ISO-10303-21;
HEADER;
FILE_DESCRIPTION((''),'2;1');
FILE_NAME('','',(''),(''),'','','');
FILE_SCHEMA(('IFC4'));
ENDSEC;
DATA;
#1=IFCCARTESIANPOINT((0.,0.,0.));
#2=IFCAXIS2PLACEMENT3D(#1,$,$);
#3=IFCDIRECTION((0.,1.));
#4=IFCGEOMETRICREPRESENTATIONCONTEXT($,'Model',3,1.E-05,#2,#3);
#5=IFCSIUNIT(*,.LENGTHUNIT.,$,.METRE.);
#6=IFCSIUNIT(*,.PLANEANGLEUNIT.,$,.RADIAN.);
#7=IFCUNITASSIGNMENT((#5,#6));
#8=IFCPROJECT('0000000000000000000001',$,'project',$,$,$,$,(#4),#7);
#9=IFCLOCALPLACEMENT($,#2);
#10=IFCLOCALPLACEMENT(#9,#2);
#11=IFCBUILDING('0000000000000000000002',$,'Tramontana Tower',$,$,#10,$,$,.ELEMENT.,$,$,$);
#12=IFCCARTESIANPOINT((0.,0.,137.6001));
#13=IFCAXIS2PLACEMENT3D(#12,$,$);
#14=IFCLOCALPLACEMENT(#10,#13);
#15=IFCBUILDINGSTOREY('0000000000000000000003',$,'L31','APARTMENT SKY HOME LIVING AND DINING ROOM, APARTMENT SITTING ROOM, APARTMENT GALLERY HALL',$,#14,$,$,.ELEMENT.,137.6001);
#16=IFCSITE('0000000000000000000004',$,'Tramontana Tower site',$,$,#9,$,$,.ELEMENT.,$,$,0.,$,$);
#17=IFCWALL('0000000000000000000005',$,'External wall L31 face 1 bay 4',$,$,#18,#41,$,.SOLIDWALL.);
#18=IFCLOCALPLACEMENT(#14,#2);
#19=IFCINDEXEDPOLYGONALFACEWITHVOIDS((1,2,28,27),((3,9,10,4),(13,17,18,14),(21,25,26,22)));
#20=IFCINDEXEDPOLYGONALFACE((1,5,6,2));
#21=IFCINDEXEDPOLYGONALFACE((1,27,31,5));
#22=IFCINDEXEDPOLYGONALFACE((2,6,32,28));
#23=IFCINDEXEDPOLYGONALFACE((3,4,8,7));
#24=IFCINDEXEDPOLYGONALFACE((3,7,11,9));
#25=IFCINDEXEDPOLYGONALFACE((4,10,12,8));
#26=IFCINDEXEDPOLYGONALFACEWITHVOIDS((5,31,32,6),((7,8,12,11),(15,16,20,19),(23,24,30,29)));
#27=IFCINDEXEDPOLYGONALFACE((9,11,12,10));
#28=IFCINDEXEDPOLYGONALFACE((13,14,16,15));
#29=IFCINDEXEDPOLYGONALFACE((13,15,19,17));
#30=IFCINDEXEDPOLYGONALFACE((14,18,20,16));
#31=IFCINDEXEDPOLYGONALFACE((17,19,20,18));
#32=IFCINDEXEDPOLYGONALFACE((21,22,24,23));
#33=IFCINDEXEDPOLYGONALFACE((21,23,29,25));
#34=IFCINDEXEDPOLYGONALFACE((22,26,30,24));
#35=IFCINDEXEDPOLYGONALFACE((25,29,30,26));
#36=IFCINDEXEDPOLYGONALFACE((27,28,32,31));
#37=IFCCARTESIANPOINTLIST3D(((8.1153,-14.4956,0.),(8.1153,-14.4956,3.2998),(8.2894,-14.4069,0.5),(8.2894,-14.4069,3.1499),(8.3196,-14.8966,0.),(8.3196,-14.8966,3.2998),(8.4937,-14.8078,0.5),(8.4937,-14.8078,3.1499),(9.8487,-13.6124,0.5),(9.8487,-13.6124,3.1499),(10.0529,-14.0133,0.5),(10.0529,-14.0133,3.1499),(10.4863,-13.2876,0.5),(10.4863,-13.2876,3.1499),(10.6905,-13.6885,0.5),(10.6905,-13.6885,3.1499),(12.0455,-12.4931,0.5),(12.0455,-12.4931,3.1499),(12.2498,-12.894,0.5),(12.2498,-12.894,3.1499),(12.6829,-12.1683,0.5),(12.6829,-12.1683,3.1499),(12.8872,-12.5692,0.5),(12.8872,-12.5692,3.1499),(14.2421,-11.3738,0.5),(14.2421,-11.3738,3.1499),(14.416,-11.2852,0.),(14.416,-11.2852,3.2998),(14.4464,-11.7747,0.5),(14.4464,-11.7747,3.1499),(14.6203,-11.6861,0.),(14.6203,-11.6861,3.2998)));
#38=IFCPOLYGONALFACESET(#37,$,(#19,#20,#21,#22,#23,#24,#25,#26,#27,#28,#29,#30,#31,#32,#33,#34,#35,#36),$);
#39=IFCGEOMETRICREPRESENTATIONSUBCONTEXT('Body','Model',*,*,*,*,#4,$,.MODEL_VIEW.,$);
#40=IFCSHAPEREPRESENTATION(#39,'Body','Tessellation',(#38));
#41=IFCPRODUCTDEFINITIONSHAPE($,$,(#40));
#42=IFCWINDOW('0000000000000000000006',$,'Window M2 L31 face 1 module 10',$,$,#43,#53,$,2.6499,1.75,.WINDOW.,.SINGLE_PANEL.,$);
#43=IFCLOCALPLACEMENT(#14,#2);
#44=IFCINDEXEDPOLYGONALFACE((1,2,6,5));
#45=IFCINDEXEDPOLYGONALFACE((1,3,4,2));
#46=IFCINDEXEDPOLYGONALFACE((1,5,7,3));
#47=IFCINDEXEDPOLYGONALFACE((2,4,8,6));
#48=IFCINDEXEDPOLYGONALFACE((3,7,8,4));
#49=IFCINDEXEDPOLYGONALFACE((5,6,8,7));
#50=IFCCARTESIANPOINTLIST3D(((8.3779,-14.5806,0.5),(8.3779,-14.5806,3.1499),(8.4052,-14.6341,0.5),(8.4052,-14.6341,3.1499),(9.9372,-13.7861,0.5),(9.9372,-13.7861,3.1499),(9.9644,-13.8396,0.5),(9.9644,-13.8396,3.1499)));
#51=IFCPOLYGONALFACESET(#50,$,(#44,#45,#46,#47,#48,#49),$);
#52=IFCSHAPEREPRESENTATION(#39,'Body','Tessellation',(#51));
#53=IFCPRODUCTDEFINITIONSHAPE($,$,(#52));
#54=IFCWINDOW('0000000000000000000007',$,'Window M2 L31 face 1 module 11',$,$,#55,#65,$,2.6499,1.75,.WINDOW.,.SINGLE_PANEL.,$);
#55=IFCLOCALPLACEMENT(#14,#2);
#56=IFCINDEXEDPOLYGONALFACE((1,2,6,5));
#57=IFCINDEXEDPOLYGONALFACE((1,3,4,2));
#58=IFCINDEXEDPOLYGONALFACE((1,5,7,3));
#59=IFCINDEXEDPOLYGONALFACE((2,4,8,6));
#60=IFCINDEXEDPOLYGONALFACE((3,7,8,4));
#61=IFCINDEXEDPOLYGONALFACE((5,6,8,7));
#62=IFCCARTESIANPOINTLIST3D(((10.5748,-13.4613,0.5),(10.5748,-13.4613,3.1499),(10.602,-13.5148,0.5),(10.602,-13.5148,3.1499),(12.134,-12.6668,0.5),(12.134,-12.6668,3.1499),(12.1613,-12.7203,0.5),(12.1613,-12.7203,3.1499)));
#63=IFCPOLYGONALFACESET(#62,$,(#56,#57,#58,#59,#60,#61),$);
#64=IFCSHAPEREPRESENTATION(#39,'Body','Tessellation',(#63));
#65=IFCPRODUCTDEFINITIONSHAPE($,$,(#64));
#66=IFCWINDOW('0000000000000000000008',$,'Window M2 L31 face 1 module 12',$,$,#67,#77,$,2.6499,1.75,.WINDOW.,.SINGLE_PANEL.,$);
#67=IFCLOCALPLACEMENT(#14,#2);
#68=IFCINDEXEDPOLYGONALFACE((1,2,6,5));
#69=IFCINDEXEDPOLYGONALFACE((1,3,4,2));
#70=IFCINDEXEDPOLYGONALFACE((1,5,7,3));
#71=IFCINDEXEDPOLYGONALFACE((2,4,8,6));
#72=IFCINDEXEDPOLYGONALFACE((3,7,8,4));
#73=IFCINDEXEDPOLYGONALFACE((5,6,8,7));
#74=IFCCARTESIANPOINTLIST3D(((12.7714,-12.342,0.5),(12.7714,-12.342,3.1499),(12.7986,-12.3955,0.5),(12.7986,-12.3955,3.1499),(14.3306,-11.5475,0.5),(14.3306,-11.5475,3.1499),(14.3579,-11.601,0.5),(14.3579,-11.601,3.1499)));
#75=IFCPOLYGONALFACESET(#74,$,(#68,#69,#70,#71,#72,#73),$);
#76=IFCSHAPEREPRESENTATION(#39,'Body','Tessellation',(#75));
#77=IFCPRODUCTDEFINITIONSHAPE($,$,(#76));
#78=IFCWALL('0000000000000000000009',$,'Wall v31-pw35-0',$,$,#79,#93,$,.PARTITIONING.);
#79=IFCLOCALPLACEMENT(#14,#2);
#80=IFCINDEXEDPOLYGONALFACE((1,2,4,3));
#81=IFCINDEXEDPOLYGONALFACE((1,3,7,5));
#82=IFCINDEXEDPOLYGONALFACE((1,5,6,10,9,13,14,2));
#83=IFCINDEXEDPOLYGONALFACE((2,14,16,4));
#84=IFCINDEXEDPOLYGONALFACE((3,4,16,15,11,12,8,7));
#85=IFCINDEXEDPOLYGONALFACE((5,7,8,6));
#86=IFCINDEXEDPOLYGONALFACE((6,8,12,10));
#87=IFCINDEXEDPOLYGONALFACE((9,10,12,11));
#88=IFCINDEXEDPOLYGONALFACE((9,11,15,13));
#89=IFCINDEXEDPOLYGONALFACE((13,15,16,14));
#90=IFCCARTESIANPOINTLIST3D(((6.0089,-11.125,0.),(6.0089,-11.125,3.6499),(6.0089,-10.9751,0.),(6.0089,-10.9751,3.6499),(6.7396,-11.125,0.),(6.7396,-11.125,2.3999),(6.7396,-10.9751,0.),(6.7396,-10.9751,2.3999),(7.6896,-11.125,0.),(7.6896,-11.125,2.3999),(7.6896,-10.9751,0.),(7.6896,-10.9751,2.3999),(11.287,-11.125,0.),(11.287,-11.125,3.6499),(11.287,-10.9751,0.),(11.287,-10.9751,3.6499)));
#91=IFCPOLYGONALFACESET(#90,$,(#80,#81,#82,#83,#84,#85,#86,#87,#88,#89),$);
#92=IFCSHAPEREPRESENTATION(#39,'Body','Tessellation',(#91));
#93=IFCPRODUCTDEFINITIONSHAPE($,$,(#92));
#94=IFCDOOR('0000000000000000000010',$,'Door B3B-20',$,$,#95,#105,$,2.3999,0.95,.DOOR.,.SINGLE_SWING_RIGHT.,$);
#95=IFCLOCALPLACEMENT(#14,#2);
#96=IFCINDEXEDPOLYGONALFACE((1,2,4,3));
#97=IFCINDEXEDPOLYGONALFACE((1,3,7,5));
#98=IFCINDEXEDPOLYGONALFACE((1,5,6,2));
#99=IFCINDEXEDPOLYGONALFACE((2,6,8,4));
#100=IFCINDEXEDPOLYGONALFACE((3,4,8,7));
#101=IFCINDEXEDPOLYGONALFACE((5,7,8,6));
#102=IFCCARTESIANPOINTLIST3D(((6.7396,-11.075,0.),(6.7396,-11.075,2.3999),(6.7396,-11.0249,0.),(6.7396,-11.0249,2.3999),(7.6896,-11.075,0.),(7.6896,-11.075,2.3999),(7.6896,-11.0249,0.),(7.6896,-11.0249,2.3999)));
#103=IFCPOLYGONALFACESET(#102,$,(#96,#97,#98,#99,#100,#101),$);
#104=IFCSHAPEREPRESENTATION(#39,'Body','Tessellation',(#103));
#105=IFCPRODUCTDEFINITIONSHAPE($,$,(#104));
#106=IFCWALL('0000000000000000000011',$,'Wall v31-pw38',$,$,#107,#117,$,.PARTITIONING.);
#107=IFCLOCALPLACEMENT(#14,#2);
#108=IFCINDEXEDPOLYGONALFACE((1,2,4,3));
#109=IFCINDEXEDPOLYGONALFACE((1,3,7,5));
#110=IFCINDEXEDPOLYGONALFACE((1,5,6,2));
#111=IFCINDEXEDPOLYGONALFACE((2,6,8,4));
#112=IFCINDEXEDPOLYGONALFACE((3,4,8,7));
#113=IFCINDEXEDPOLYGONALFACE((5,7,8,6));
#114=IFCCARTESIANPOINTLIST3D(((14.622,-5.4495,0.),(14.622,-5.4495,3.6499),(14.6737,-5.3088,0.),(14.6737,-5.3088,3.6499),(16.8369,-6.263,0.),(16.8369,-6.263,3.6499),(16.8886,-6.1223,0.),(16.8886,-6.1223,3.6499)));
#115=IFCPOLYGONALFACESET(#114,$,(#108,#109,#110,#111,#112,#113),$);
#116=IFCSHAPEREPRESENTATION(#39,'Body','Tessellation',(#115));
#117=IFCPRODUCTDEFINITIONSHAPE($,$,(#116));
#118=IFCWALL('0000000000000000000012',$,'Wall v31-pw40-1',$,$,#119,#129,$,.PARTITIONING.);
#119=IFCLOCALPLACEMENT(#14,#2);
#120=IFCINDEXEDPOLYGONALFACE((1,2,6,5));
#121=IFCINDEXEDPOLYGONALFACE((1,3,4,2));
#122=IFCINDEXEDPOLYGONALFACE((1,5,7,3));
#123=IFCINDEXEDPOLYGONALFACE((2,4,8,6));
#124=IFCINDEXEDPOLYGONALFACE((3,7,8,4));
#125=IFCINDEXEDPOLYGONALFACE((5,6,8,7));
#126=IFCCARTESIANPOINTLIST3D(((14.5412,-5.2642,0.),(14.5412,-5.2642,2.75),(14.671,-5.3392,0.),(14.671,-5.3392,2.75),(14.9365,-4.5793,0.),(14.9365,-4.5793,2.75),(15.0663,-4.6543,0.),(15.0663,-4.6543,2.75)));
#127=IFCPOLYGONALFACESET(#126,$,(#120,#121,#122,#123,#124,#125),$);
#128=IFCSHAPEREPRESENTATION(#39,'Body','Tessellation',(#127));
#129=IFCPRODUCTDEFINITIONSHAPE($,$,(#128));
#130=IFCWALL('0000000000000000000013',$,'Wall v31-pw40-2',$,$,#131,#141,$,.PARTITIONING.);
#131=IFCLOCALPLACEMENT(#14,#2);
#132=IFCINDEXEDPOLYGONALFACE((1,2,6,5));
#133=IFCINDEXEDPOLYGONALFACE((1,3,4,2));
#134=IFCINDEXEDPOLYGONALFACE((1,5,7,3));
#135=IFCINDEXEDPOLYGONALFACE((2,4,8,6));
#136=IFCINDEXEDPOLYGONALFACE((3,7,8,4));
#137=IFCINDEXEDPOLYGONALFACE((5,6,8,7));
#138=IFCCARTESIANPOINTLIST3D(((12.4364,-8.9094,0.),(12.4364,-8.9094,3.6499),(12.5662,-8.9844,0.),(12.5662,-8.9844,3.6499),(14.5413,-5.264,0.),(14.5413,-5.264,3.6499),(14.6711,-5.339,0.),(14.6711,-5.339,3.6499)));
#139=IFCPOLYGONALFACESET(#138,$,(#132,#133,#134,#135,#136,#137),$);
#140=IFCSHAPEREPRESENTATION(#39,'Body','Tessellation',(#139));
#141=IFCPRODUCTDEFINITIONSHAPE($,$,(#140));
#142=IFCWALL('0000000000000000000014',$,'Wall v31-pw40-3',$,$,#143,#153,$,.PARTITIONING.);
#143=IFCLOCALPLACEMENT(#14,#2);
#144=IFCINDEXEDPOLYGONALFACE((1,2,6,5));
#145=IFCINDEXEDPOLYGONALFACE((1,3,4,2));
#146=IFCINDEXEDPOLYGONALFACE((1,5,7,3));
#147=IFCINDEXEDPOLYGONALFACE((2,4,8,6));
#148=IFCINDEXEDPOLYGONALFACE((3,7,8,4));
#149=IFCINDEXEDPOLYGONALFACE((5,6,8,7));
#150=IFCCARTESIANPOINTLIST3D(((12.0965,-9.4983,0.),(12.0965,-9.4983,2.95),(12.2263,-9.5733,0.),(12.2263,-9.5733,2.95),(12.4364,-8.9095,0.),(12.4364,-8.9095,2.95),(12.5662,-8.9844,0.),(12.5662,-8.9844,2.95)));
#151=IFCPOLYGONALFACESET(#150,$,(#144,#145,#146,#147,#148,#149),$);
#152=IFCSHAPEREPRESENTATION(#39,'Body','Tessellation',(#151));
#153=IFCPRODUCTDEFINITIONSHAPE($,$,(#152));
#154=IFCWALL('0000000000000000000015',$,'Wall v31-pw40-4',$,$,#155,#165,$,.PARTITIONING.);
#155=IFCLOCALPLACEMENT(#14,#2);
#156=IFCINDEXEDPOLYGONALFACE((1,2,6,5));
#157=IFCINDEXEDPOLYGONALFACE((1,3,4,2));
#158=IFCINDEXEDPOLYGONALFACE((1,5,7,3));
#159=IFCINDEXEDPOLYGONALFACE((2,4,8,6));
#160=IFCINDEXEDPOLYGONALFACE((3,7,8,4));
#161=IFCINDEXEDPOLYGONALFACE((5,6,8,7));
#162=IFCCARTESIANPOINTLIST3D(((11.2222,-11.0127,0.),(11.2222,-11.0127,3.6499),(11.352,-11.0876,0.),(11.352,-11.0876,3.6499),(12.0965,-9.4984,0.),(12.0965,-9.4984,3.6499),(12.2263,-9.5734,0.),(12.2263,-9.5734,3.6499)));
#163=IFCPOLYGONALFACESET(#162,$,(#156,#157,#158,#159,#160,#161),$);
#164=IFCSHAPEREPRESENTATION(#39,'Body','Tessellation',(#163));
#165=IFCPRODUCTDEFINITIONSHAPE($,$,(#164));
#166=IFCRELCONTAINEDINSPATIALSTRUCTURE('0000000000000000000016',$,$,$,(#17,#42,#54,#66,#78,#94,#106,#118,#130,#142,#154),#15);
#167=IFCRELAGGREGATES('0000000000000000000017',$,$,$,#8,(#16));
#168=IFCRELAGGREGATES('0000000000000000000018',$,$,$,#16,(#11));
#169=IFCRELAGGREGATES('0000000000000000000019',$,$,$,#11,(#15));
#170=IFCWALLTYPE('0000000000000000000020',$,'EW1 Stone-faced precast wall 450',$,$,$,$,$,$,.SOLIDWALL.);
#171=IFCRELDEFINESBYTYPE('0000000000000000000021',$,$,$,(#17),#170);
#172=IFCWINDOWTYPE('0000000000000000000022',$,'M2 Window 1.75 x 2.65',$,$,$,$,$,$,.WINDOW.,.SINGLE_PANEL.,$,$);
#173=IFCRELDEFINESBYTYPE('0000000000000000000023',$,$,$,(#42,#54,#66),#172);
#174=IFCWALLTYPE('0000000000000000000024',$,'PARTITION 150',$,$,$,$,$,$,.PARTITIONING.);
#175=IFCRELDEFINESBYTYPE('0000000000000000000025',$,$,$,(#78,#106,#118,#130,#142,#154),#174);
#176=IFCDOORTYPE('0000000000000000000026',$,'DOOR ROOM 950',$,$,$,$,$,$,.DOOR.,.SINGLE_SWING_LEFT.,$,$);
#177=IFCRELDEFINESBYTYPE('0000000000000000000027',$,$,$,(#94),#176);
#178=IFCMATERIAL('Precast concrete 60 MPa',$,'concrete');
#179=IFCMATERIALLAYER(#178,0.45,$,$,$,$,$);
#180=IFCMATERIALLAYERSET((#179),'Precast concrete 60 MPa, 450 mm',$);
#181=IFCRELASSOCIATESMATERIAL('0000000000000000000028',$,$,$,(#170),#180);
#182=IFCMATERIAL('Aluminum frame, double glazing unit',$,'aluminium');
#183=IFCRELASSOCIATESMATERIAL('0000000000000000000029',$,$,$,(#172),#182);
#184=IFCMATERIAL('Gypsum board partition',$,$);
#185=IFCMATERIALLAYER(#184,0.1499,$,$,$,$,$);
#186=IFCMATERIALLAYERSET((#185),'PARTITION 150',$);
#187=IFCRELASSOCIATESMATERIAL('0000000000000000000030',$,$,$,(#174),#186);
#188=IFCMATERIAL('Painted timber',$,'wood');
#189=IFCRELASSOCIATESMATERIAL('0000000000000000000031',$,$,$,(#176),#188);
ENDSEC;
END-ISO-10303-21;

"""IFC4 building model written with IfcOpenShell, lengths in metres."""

from ifc_helpers import new_model, si_unit, direction, frame, frame_2d, origin, place, context, subcontext, project, spatial, rectangle, extrude, material, layer, layer_set, type_object, element, fill, save


model = new_model("IFC4")

# Units and contexts
model_context = context("Model", 3, precision=1e-05, world=origin(), true_north=direction((0.0, 1.0)))
body_context = subcontext(model_context, "Body", "Model", "MODEL_VIEW")
ifc_project = project(units=[si_unit("LENGTHUNIT", "METRE"), si_unit("PLANEANGLEUNIT", "RADIAN")], contexts=[model_context])

# Site, building, storey
site_placement = place(None, origin())
site = spatial("IfcSite", under=ifc_project, at=site_placement, Name="Tramontana Tower site", CompositionType="ELEMENT", RefElevation=0.0)
building_placement = place(site_placement, origin())
building = spatial("IfcBuilding", under=site, at=building_placement, Name="Tramontana Tower", CompositionType="ELEMENT")
storey_placement = place(building_placement, frame((0.0, 0.0, 137.6001)))
storey = spatial("IfcBuildingStorey", under=building, at=storey_placement, Name="L31", Description="APARTMENT SKY HOME LIVING AND DINING ROOM, APARTMENT SITTING ROOM, APARTMENT GALLERY HALL", CompositionType="ELEMENT", Elevation=137.6001)

# Wall, openings, windows
ifc_material_1 = material(Name="Precast concrete 60 MPa", Category="concrete")
ifc_layer_1 = layer(ifc_material_1, 0.45)
ifc_layer_set_1 = layer_set([ifc_layer_1], Name="Precast concrete 60 MPa, 450 mm")
wall_type_1 = type_object("IfcWallType", Name="EW1 Stone-faced precast wall 450", PredefinedType="SOLIDWALL", material=ifc_layer_set_1)
wall_1_placement = place(storey_placement, frame((8.2175, -14.696, 0.0), z_axis=(0.0, 0.0, 1.0), x_axis=(0.891004, 0.453995, 0.0)))
wall_1 = element("IfcWall", 1, at=wall_1_placement, inside=storey, type_object=wall_type_1, Name="External wall L31 face 1 bay 4", PredefinedType="SOLIDWALL", context=body_context, shape_type="SweptSolid", body=[
    extrude(rectangle(XDim=7.0715, YDim=0.45, at=frame_2d((3.5356, 0.0))), origin(), (0.0, 0.0, 1.0), 3.2998),
])
opening_1_placement = place(wall_1_placement, frame((0.1953, 0.0, 0.5)))
opening_1 = element("IfcOpeningElement", 2, at=opening_1_placement, cuts=wall_1, PredefinedType="OPENING", context=body_context, shape_type="SweptSolid", body=[
    extrude(rectangle(XDim=1.75, YDim=2.6499, at=frame_2d((0.875, 1.325))), frame((0.0, 0.2349, 0.0), z_axis=(0.0, -1.0, 0.0), x_axis=(1.0, 0.0, 0.0)), (0.0, 0.0, 1.0), 0.47),
])
opening_2_placement = place(wall_1_placement, frame((2.6609, 0.0, 0.5)))
opening_2 = element("IfcOpeningElement", 3, at=opening_2_placement, cuts=wall_1, PredefinedType="OPENING", context=body_context, shape_type="SweptSolid", body=[
    extrude(rectangle(XDim=1.75, YDim=2.6499, at=frame_2d((0.875, 1.325))), frame((0.0, 0.2349, 0.0), z_axis=(0.0, -1.0, 0.0), x_axis=(1.0, 0.0, 0.0)), (0.0, 0.0, 1.0), 0.47),
])
opening_3_placement = place(wall_1_placement, frame((5.1262, 0.0, 0.5)))
opening_3 = element("IfcOpeningElement", 4, at=opening_3_placement, cuts=wall_1, PredefinedType="OPENING", context=body_context, shape_type="SweptSolid", body=[
    extrude(rectangle(XDim=1.75, YDim=2.6499, at=frame_2d((0.875, 1.325))), frame((0.0, 0.2349, 0.0), z_axis=(0.0, -1.0, 0.0), x_axis=(1.0, 0.0, 0.0)), (0.0, 0.0, 1.0), 0.47),
])
ifc_material_2 = material(Name="Aluminum frame, double glazing unit", Category="aluminium")
window_type = type_object("IfcWindowType", Name="M2 Window 1.75 x 2.65", PartitioningType="SINGLE_PANEL", PredefinedType="WINDOW", material=ifc_material_2)
window_1_placement = place(opening_1_placement, origin())
window_1 = element("IfcWindow", 5, at=window_1_placement, inside=storey, type_object=window_type, Name="Window M2 L31 face 1 module 10", OverallHeight=2.6499, OverallWidth=1.75, PartitioningType="SINGLE_PANEL", PredefinedType="WINDOW", context=body_context, shape_type="SweptSolid", body=[
    extrude(rectangle(XDim=1.75, YDim=2.6499, at=frame_2d((0.875, 1.325))), frame((0.0, 0.03, 0.0), z_axis=(0.0, -1.0, 0.0), x_axis=(1.0, 0.0, 0.0)), (0.0, 0.0, 1.0), 0.0601),
])
fill(opening_1, window_1)
window_2_placement = place(opening_2_placement, origin())
window_2 = element("IfcWindow", 6, at=window_2_placement, inside=storey, type_object=window_type, Name="Window M2 L31 face 1 module 11", OverallHeight=2.6499, OverallWidth=1.75, PartitioningType="SINGLE_PANEL", PredefinedType="WINDOW", context=body_context, shape_type="SweptSolid", body=[
    extrude(rectangle(XDim=1.75, YDim=2.6499, at=frame_2d((0.875, 1.325))), frame((0.0, 0.03, 0.0), z_axis=(0.0, -1.0, 0.0), x_axis=(1.0, 0.0, 0.0)), (0.0, 0.0, 1.0), 0.0601),
])
fill(opening_2, window_2)
window_3_placement = place(opening_3_placement, origin())
window_3 = element("IfcWindow", 7, at=window_3_placement, inside=storey, type_object=window_type, Name="Window M2 L31 face 1 module 12", OverallHeight=2.6499, OverallWidth=1.75, PartitioningType="SINGLE_PANEL", PredefinedType="WINDOW", context=body_context, shape_type="SweptSolid", body=[
    extrude(rectangle(XDim=1.75, YDim=2.6499, at=frame_2d((0.875, 1.325))), frame((0.0, 0.03, 0.0), z_axis=(0.0, -1.0, 0.0), x_axis=(1.0, 0.0, 0.0)), (0.0, 0.0, 1.0), 0.0601),
])
fill(opening_3, window_3)

# Wall, opening, door
ifc_material_3 = material(Name="Gypsum board partition")
ifc_layer_2 = layer(ifc_material_3, 0.1499)
ifc_layer_set_2 = layer_set([ifc_layer_2], Name="PARTITION 150")
wall_type_2 = type_object("IfcWallType", Name="PARTITION 150", PredefinedType="PARTITIONING", material=ifc_layer_set_2)
ifc_material_4 = material(Name="Painted timber", Category="wood")
door_type_1 = type_object("IfcDoorType", Name="DOOR ROOM 950", OperationType="SINGLE_SWING_LEFT", PredefinedType="DOOR", material=ifc_material_4)
wall_2_placement = place(storey_placement, frame((11.2871, -11.05, 0.0), z_axis=(0.0, 0.0, 1.0), x_axis=(-1.0, 0.0, 0.0)))
wall_2 = element("IfcWall", 8, at=wall_2_placement, inside=storey, type_object=wall_type_2, Name="Wall v31-pw35-0", PredefinedType="PARTITIONING", context=body_context, shape_type="SweptSolid", body=[
    extrude(rectangle(XDim=5.2781, YDim=0.1499, at=frame_2d((2.6392, 0.0))), origin(), (0.0, 0.0, 1.0), 3.6499),
])
opening_4_placement = place(wall_2_placement, frame((3.5974, 0.0, 0.0)))
opening_4 = element("IfcOpeningElement", 9, at=opening_4_placement, cuts=wall_2, PredefinedType="OPENING", context=body_context, shape_type="SweptSolid", body=[
    extrude(rectangle(XDim=0.95, YDim=2.3999, at=frame_2d((0.4751, 1.2))), frame((0.0, 0.085, 0.0), z_axis=(0.0, -1.0, 0.0), x_axis=(1.0, 0.0, 0.0)), (0.0, 0.0, 1.0), 0.1699),
])
door_1_placement = place(opening_4_placement, origin())
door_1 = element("IfcDoor", 10, at=door_1_placement, inside=storey, type_object=door_type_1, Name="Door B3B-20", OperationType="SINGLE_SWING_RIGHT", OverallHeight=2.3999, OverallWidth=0.95, PredefinedType="DOOR", context=body_context, shape_type="SweptSolid", body=[
    extrude(rectangle(XDim=0.95, YDim=2.3999, at=frame_2d((0.4751, 1.2))), frame((0.0, 0.0249, 0.0), z_axis=(0.0, -1.0, 0.0), x_axis=(1.0, 0.0, 0.0)), (0.0, 0.0, 1.0), 0.05),
])
fill(opening_4, door_1)

# Walls
wall_3_placement = place(storey_placement, frame((14.6479, -5.3792, 0.0), z_axis=(0.0, 0.0, 1.0), x_axis=(0.938689, -0.344765, 0.0)))
element("IfcWall", 11, at=wall_3_placement, inside=storey, type_object=wall_type_2, Name="Wall v31-pw38", PredefinedType="PARTITIONING", context=body_context, shape_type="SweptSolid", body=[
    extrude(rectangle(XDim=2.3596, YDim=0.1499, at=frame_2d((1.1797, 0.0))), origin(), (0.0, 0.0, 1.0), 3.6499),
])
wall_4_placement = place(storey_placement, frame((15.0015, -4.6167, 0.0), z_axis=(0.0, 0.0, 1.0), x_axis=(-0.499892, -0.866088, 0.0)))
element("IfcWall", 12, at=wall_4_placement, inside=storey, type_object=wall_type_2, Name="Wall v31-pw40-1", PredefinedType="PARTITIONING", context=body_context, shape_type="SweptSolid", body=[
    extrude(rectangle(XDim=0.7908, YDim=0.1499, at=frame_2d((0.3955, 0.0))), origin(), (0.0, 0.0, 1.0), 2.75),
])
wall_5_placement = place(storey_placement, frame((14.6062, -5.3015, 0.0), z_axis=(0.0, 0.0, 1.0), x_axis=(-0.500044, -0.866, 0.0)))
element("IfcWall", 13, at=wall_5_placement, inside=storey, type_object=wall_type_2, Name="Wall v31-pw40-2", PredefinedType="PARTITIONING", context=body_context, shape_type="SweptSolid", body=[
    extrude(rectangle(XDim=4.2095, YDim=0.1499, at=frame_2d((2.1047, 0.0))), origin(), (0.0, 0.0, 1.0), 3.6499),
])
wall_6_placement = place(storey_placement, frame((12.5012, -8.947, 0.0), z_axis=(0.0, 0.0, 1.0), x_axis=(-0.499847, -0.866114, 0.0)))
element("IfcWall", 14, at=wall_6_placement, inside=storey, type_object=wall_type_2, Name="Wall v31-pw40-3", PredefinedType="PARTITIONING", context=body_context, shape_type="SweptSolid", body=[
    extrude(rectangle(XDim=0.6799, YDim=0.1499, at=frame_2d((0.3398, 0.0))), origin(), (0.0, 0.0, 1.0), 2.95),
])
wall_7_placement = place(storey_placement, frame((12.1614, -9.5359, 0.0), z_axis=(0.0, 0.0, 1.0), x_axis=(-0.500029, -0.866009, 0.0)))
element("IfcWall", 15, at=wall_7_placement, inside=storey, type_object=wall_type_2, Name="Wall v31-pw40-4", PredefinedType="PARTITIONING", context=body_context, shape_type="SweptSolid", body=[
    extrude(rectangle(XDim=1.7485, YDim=0.1499, at=frame_2d((0.8743, 0.0))), origin(), (0.0, 0.0, 1.0), 3.6499),
])

save(model, "model.ifc")
